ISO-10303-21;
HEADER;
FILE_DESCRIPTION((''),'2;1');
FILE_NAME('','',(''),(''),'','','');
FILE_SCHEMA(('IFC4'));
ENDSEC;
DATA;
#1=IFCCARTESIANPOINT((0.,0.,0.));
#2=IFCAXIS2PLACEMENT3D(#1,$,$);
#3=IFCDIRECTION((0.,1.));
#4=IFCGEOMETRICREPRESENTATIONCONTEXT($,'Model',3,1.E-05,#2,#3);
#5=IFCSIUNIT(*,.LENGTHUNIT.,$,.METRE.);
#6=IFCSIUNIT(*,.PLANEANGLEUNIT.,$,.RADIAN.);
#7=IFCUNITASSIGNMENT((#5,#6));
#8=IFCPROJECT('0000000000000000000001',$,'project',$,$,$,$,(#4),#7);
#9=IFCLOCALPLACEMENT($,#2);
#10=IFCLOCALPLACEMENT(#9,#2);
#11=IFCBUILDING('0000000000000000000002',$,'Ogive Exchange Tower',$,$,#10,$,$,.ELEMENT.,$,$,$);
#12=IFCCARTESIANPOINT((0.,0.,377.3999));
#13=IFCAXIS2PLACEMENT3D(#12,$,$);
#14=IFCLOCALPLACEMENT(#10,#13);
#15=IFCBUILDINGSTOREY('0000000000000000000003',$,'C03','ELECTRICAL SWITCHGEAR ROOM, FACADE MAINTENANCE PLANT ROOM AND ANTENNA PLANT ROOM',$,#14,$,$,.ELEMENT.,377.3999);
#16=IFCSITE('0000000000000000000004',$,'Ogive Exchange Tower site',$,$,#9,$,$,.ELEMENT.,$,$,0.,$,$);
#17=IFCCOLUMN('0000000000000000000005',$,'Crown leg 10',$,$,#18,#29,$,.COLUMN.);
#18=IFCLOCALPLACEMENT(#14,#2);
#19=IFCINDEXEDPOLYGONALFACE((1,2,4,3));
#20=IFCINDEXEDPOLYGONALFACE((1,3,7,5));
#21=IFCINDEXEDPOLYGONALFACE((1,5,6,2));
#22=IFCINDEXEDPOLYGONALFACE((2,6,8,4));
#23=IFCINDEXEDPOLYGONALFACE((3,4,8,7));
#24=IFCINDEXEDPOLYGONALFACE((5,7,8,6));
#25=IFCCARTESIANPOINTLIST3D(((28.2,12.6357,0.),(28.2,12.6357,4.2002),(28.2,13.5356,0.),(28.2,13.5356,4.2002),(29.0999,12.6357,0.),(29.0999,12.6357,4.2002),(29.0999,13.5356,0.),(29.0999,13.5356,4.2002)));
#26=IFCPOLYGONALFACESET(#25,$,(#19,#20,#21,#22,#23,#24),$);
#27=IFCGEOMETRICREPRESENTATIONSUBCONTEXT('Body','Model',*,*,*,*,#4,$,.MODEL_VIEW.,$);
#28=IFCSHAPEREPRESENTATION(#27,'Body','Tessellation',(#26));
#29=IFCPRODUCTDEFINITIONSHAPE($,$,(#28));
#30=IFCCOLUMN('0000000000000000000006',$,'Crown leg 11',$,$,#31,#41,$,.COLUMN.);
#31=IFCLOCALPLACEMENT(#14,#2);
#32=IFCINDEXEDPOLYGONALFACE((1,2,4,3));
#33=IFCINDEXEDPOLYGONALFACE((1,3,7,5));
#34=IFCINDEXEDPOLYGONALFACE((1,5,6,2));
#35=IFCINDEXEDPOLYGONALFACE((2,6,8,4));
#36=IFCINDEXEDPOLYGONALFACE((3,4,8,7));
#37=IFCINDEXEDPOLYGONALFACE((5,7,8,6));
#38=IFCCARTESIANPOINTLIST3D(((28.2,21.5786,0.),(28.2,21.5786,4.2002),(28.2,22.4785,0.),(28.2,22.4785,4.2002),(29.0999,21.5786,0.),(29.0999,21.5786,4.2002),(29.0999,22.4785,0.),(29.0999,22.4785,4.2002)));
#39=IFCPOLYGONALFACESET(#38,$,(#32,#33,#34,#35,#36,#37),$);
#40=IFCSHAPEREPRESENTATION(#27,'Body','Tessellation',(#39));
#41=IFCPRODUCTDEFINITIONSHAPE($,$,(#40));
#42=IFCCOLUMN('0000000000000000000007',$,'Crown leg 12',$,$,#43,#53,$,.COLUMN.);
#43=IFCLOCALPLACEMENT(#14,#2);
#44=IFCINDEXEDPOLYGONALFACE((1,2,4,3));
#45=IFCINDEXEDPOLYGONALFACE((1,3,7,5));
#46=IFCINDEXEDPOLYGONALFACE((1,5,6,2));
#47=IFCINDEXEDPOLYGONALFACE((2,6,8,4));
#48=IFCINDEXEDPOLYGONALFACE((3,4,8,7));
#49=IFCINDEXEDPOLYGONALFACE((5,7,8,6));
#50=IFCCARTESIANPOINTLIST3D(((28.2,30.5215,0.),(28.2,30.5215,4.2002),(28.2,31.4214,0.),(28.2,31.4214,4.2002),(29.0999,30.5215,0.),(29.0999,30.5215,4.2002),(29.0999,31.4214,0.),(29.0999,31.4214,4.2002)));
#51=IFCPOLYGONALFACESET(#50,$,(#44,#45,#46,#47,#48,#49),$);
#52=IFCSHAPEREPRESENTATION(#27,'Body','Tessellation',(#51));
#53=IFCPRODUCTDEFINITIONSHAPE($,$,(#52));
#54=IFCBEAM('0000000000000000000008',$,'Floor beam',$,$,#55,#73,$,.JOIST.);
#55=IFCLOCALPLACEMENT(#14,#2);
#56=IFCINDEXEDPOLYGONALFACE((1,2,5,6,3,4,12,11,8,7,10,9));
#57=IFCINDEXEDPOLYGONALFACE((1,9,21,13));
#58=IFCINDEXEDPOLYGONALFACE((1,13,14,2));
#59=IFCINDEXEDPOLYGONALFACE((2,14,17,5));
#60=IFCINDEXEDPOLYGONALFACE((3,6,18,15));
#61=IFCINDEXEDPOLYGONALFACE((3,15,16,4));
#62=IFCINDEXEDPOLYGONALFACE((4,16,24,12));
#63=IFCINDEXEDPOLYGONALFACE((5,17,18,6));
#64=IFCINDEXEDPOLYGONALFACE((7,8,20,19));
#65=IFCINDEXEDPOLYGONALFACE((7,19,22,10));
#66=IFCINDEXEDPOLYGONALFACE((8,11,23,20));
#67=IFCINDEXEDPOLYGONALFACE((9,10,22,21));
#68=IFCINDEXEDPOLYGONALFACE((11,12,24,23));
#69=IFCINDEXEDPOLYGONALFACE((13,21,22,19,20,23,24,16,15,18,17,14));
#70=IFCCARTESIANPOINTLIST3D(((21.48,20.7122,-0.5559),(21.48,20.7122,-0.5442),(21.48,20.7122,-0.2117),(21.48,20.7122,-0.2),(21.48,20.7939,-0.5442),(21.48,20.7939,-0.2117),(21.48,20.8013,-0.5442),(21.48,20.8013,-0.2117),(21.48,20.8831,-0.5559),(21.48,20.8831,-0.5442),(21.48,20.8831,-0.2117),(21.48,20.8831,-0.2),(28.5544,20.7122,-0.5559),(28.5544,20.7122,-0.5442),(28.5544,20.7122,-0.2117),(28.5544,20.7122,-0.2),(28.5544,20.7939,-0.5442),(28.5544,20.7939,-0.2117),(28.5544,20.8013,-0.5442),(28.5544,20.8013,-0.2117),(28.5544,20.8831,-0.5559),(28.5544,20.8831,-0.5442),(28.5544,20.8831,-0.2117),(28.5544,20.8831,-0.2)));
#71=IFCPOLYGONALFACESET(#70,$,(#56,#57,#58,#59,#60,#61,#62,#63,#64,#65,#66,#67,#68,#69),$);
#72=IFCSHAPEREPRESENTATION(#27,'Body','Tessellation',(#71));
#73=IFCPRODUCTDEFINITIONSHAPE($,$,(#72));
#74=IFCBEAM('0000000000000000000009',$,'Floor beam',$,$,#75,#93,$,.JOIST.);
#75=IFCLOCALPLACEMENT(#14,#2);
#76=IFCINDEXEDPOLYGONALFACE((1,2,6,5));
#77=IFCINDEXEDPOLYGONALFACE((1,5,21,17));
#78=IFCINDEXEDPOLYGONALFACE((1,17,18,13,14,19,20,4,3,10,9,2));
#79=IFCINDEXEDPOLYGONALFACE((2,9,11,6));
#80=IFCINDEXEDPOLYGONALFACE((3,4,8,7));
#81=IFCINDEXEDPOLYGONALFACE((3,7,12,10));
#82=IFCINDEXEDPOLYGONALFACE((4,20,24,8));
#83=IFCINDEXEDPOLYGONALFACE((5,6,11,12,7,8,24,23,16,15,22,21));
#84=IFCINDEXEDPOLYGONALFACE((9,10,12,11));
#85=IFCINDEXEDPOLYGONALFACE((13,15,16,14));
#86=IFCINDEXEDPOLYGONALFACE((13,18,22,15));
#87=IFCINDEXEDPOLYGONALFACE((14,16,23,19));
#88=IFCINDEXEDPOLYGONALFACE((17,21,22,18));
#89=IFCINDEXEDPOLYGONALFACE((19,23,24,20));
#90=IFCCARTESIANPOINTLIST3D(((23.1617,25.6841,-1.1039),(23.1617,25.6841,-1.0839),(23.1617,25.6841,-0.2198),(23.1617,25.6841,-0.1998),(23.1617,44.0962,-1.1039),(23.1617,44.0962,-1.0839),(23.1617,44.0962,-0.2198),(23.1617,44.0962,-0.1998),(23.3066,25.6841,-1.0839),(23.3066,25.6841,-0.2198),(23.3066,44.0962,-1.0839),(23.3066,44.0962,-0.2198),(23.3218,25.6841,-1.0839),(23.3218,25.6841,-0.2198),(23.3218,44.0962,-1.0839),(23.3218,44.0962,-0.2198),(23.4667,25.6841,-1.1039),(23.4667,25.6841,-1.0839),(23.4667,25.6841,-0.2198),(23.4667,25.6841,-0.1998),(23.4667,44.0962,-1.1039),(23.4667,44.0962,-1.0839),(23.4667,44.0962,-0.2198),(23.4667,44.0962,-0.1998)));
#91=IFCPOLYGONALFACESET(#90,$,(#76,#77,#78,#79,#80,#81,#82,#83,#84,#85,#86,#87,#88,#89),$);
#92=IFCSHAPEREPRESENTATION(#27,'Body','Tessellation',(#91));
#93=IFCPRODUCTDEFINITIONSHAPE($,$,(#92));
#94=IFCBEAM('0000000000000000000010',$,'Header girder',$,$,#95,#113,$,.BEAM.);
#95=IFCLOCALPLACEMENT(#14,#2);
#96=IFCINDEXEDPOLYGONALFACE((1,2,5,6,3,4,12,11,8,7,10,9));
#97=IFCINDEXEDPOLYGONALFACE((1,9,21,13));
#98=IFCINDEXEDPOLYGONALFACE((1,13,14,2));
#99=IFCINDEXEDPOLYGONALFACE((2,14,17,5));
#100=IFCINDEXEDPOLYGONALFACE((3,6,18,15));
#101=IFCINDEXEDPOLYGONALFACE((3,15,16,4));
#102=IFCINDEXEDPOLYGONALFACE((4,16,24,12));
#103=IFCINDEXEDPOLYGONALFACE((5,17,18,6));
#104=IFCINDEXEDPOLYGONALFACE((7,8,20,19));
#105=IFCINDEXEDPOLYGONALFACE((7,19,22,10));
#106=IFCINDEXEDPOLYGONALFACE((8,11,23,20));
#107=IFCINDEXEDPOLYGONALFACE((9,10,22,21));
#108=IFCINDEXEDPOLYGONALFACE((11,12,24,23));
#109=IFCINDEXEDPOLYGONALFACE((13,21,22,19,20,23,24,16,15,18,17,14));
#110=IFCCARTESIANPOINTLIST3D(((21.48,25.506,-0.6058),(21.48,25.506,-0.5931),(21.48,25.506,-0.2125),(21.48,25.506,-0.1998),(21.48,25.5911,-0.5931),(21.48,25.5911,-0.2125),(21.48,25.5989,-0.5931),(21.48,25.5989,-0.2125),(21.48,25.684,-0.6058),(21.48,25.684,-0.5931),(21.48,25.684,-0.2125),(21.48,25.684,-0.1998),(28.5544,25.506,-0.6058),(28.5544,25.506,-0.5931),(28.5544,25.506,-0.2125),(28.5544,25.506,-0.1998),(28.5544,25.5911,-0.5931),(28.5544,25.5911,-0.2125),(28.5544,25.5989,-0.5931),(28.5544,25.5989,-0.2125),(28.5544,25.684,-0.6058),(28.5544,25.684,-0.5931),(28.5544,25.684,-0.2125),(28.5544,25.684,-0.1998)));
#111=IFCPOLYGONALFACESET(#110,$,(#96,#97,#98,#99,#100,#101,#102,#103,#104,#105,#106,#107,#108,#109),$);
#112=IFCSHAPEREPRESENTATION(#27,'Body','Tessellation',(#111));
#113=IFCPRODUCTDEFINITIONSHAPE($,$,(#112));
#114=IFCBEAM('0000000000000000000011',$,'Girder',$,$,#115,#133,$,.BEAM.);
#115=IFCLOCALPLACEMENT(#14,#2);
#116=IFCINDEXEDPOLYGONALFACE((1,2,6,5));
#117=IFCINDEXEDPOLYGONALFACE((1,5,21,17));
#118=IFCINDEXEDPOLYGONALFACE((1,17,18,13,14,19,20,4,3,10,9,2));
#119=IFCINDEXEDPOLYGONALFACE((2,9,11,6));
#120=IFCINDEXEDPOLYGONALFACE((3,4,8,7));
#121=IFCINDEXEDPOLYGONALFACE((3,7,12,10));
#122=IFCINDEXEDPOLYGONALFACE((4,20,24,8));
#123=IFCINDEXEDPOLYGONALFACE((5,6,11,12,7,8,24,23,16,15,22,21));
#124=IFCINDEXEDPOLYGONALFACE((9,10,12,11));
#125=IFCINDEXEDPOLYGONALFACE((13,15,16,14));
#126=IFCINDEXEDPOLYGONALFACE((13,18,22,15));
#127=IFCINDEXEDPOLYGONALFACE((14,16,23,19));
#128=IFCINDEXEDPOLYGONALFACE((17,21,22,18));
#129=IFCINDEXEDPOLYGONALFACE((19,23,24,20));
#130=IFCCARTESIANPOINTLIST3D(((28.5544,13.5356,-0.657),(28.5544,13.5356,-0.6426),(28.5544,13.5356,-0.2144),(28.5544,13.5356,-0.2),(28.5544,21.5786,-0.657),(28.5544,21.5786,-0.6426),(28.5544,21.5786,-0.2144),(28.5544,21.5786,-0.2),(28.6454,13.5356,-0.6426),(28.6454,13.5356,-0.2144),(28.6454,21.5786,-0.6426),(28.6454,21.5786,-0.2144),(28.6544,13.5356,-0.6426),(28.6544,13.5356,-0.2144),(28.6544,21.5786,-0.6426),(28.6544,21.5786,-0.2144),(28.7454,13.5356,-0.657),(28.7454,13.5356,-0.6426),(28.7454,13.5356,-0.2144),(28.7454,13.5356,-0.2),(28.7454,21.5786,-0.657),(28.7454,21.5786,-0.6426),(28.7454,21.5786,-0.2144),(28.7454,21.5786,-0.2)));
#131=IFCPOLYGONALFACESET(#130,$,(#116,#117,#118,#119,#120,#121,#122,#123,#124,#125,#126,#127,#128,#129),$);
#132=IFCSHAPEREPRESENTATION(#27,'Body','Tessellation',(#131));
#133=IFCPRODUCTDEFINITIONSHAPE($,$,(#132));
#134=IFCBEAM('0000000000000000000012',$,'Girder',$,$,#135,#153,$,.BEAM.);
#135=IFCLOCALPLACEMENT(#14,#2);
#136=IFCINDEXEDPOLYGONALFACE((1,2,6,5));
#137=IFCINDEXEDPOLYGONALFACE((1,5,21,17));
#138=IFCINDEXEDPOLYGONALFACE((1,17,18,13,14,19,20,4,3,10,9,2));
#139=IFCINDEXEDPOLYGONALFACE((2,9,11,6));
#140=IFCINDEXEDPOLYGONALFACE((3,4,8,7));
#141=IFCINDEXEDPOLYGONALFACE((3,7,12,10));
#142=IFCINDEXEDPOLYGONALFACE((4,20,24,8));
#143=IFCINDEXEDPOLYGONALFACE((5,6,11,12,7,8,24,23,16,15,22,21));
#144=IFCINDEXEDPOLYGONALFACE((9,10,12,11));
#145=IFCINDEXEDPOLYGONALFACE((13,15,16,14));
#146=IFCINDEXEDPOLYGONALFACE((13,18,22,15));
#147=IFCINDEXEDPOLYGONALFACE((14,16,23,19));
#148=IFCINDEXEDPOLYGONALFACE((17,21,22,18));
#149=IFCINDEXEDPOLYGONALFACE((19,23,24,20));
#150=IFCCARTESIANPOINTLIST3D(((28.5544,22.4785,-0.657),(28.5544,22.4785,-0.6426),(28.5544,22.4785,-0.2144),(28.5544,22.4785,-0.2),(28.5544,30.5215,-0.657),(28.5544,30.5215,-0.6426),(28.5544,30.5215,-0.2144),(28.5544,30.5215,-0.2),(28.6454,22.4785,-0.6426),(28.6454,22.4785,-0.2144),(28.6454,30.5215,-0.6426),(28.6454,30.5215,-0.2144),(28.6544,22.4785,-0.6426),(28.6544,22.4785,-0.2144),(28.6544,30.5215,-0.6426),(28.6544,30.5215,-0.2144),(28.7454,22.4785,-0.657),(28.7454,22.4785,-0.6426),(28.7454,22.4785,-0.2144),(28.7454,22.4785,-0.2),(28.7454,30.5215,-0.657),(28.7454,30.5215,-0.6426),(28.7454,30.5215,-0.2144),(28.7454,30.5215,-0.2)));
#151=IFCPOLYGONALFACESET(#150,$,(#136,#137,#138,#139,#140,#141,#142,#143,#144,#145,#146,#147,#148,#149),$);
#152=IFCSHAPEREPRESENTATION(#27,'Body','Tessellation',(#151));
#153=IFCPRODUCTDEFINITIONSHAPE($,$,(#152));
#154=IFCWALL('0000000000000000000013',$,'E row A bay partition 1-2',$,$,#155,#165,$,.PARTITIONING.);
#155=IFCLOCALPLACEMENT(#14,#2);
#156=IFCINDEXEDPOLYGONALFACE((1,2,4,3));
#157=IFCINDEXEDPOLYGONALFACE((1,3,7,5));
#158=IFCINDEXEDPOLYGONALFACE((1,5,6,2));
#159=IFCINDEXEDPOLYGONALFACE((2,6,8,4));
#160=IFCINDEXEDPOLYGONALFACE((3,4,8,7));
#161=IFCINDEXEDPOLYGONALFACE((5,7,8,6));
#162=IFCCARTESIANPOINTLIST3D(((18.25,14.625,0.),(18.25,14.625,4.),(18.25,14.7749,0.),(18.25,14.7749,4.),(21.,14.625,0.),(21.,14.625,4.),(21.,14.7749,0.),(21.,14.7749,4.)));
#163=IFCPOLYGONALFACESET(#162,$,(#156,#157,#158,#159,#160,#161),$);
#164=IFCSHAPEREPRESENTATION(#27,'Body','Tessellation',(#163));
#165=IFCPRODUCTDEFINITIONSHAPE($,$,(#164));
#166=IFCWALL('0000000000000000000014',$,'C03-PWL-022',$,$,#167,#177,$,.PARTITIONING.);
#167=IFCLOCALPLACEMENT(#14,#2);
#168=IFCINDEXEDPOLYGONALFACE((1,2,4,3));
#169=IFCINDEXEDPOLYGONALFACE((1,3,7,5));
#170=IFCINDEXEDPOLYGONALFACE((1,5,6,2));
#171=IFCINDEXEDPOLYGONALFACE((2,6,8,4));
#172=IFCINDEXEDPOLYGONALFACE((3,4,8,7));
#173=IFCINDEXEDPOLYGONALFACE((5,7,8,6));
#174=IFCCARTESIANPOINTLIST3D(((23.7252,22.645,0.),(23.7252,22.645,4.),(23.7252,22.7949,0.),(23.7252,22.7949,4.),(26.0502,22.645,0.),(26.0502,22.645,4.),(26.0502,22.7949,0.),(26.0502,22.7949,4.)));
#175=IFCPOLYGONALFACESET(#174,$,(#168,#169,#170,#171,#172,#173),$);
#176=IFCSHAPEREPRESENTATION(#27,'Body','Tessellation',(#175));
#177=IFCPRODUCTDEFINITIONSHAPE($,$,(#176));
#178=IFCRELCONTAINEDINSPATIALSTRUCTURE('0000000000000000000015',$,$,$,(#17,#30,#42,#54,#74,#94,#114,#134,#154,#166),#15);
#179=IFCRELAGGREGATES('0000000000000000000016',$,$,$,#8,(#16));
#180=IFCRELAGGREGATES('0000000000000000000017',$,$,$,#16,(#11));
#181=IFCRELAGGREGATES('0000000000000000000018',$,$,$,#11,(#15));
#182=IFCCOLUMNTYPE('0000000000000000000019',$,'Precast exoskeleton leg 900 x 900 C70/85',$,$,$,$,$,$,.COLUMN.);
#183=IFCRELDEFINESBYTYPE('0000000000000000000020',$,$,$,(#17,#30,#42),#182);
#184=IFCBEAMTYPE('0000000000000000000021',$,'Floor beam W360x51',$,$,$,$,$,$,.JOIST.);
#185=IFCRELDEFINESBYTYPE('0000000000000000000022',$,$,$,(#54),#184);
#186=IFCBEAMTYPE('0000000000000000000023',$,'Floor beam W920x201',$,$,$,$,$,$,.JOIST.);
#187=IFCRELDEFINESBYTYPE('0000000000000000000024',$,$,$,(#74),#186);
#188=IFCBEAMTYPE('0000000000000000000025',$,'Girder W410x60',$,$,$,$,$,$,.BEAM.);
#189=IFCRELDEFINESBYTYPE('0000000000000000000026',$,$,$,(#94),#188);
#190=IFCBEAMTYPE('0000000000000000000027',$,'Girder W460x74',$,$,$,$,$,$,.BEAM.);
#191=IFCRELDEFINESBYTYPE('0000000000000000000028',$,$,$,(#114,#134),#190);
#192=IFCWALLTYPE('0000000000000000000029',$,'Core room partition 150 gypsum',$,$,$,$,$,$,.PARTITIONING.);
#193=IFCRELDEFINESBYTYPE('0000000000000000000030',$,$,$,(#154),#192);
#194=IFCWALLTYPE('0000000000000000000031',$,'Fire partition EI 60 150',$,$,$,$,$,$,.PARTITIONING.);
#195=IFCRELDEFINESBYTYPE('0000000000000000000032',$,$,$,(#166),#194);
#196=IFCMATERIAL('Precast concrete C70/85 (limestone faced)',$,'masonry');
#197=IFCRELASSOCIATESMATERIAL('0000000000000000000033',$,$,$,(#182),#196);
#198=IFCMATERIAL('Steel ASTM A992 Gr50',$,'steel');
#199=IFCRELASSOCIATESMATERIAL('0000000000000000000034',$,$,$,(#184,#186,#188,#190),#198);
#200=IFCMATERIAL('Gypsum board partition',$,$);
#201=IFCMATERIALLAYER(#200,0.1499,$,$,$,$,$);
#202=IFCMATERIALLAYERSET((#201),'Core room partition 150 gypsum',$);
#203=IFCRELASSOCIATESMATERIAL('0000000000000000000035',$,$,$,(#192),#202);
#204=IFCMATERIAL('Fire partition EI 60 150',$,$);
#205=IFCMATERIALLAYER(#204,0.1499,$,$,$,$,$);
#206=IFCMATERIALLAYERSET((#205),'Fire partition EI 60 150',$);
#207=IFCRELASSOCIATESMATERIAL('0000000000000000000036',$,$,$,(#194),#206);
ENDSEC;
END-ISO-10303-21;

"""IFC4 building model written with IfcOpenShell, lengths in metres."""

from ifc_helpers import new_model, si_unit, direction, frame, frame_2d, origin, origin_2d, place, context, subcontext, project, spatial, rectangle, i_section, extrude, material, layer, layer_set, material_profile, profile_set, type_object, element, save


model = new_model("IFC4")

# Units and contexts
model_context = context("Model", 3, precision=1e-05, world=origin(), true_north=direction((0.0, 1.0)))
body_context = subcontext(model_context, "Body", "Model", "MODEL_VIEW")
ifc_project = project(units=[si_unit("LENGTHUNIT", "METRE"), si_unit("PLANEANGLEUNIT", "RADIAN")], contexts=[model_context])

# Site, building, storey
site_placement = place(None, origin())
site = spatial("IfcSite", under=ifc_project, at=site_placement, Name="Ogive Exchange Tower site", CompositionType="ELEMENT", RefElevation=0.0)
building_placement = place(site_placement, origin())
building = spatial("IfcBuilding", under=site, at=building_placement, Name="Ogive Exchange Tower", CompositionType="ELEMENT")
storey_placement = place(building_placement, frame((0.0, 0.0, 377.3999)))
storey = spatial("IfcBuildingStorey", under=building, at=storey_placement, Name="C03", Description="ELECTRICAL SWITCHGEAR ROOM, FACADE MAINTENANCE PLANT ROOM AND ANTENNA PLANT ROOM", CompositionType="ELEMENT", Elevation=377.3999)

# Columns
ifc_material_1 = material(Name="Precast concrete C70/85 (limestone faced)", Category="masonry")
ifc_material_profile_1 = material_profile(ifc_material_1, rectangle(XDim=0.8999, YDim=0.8999, at=origin_2d()), Name="900 x 900")
ifc_profile_set_1 = profile_set([ifc_material_profile_1], Name="Precast concrete C70/85 (limestone faced)")
column_type = type_object("IfcColumnType", Name="Precast exoskeleton leg 900 x 900 C70/85", PredefinedType="COLUMN", material=ifc_profile_set_1)
for number, where, z_axis, x_axis, name in (
    (1, (28.6499, 13.0857, 0.0), (0.0, 0.0, 1.0), (1.0, 0.0, 0.0), "Crown leg 10"),
    (2, (28.6499, 22.0286, 0.0), (0.0, 0.0, 1.0), (1.0, 0.0, 0.0), "Crown leg 11"),
    (3, (28.6499, 30.9714, 0.0), (0.0, 0.0, 1.0), (1.0, 0.0, 0.0), "Crown leg 12"),
):
    element("IfcColumn", number, at=place(storey_placement, frame(where, z_axis=z_axis, x_axis=x_axis)), inside=storey, type_object=column_type, Name=name, PredefinedType="COLUMN", context=body_context, shape_type="SweptSolid", body=[
        extrude(rectangle(XDim=0.8999, YDim=0.8999, at=origin_2d()), origin(), (0.0, 0.0, 1.0), 4.2002),
    ])

# Beams
ifc_material_2 = material(Name="Steel ASTM A992 Gr50", Category="steel")
ifc_material_profile_2 = material_profile(ifc_material_2, i_section(OverallWidth=0.1709, OverallDepth=0.356, WebThickness=0.0073, FlangeThickness=0.0117, at=origin_2d()), Name="W360x51")
ifc_profile_set_2 = profile_set([ifc_material_profile_2], Name="Steel ASTM A992 Gr50")
beam_type_1 = type_object("IfcBeamType", Name="Floor beam W360x51", PredefinedType="JOIST", material=ifc_profile_set_2)
beam_1_placement = place(storey_placement, frame((21.48, 20.7976, -0.3779), z_axis=(1.0, 0.0, 0.0), x_axis=(0.0, 1.0, 0.0)))
element("IfcBeam", 4, at=beam_1_placement, inside=storey, type_object=beam_type_1, Name="Floor beam", PredefinedType="JOIST", context=body_context, shape_type="SweptSolid", body=[
    extrude(i_section(OverallWidth=0.1709, OverallDepth=0.356, WebThickness=0.0073, FlangeThickness=0.0117, at=origin_2d()), origin(), (0.0, 0.0, 1.0), 7.0745),
])
ifc_material_profile_3 = material_profile(ifc_material_2, i_section(OverallWidth=0.3049, OverallDepth=0.9041, WebThickness=0.0151, FlangeThickness=0.02, at=origin_2d()), Name="W920x201")
ifc_profile_set_3 = profile_set([ifc_material_profile_3], Name="Steel ASTM A992 Gr50")
beam_type_2 = type_object("IfcBeamType", Name="Floor beam W920x201", PredefinedType="JOIST", material=ifc_profile_set_3)
beam_2_placement = place(storey_placement, frame((23.3142, 25.6841, -0.6519), z_axis=(0.0, 1.0, 0.0), x_axis=(-1.0, 0.0, 0.0)))
element("IfcBeam", 5, at=beam_2_placement, inside=storey, type_object=beam_type_2, Name="Floor beam", PredefinedType="JOIST", context=body_context, shape_type="SweptSolid", body=[
    extrude(i_section(OverallWidth=0.3049, OverallDepth=0.9041, WebThickness=0.0151, FlangeThickness=0.02, at=origin_2d()), origin(), (0.0, 0.0, 1.0), 18.4121),
])
ifc_material_profile_4 = material_profile(ifc_material_2, i_section(OverallWidth=0.178, OverallDepth=0.406, WebThickness=0.0078, FlangeThickness=0.0127, at=origin_2d()), Name="W410x60")
ifc_profile_set_4 = profile_set([ifc_material_profile_4], Name="Steel ASTM A992 Gr50")
beam_type_3 = type_object("IfcBeamType", Name="Girder W410x60", PredefinedType="BEAM", material=ifc_profile_set_4)
beam_3_placement = place(storey_placement, frame((21.48, 25.595, -0.4028), z_axis=(1.0, 0.0, 0.0), x_axis=(0.0, 1.0, 0.0)))
element("IfcBeam", 6, at=beam_3_placement, inside=storey, type_object=beam_type_3, Name="Header girder", PredefinedType="BEAM", context=body_context, shape_type="SweptSolid", body=[
    extrude(i_section(OverallWidth=0.178, OverallDepth=0.406, WebThickness=0.0078, FlangeThickness=0.0127, at=origin_2d()), origin(), (0.0, 0.0, 1.0), 7.0745),
])
ifc_material_profile_5 = material_profile(ifc_material_2, i_section(OverallWidth=0.1909, OverallDepth=0.457, WebThickness=0.009, FlangeThickness=0.0144, at=origin_2d()), Name="W460x74")
ifc_profile_set_5 = profile_set([ifc_material_profile_5], Name="Steel ASTM A992 Gr50")
beam_type_4 = type_object("IfcBeamType", Name="Girder W460x74", PredefinedType="BEAM", material=ifc_profile_set_5)
for number, where, z_axis, x_axis, name in (
    (7, (28.6499, 13.5356, -0.4285), (0.0, 1.0, 0.0), (-1.0, 0.0, 0.0), "Girder"),
    (8, (28.6499, 22.4785, -0.4285), (0.0, 1.0, 0.0), (-1.0, 0.0, 0.0), "Girder"),
):
    element("IfcBeam", number, at=place(storey_placement, frame(where, z_axis=z_axis, x_axis=x_axis)), inside=storey, type_object=beam_type_4, Name=name, PredefinedType="BEAM", context=body_context, shape_type="SweptSolid", body=[
        extrude(i_section(OverallWidth=0.1909, OverallDepth=0.457, WebThickness=0.009, FlangeThickness=0.0144, at=origin_2d()), origin(), (0.0, 0.0, 1.0), 8.043),
    ])

# Walls
ifc_material_3 = material(Name="Gypsum board partition")
ifc_layer_1 = layer(ifc_material_3, 0.1499)
ifc_layer_set_1 = layer_set([ifc_layer_1], Name="Core room partition 150 gypsum")
wall_type_1 = type_object("IfcWallType", Name="Core room partition 150 gypsum", PredefinedType="PARTITIONING", material=ifc_layer_set_1)
wall_1_placement = place(storey_placement, frame((18.25, 14.7, 0.0), z_axis=(0.0, 0.0, 1.0), x_axis=(1.0, 0.0, 0.0)))
element("IfcWall", 9, at=wall_1_placement, inside=storey, type_object=wall_type_1, Name="E row A bay partition 1-2", PredefinedType="PARTITIONING", context=body_context, shape_type="SweptSolid", body=[
    extrude(rectangle(XDim=2.75, YDim=0.1499, at=frame_2d((1.375, 0.0))), origin(), (0.0, 0.0, 1.0), 4.0),
])
ifc_material_4 = material(Name="Fire partition EI 60 150")
ifc_layer_2 = layer(ifc_material_4, 0.1499)
ifc_layer_set_2 = layer_set([ifc_layer_2], Name="Fire partition EI 60 150")
wall_type_2 = type_object("IfcWallType", Name="Fire partition EI 60 150", PredefinedType="PARTITIONING", material=ifc_layer_set_2)
wall_2_placement = place(storey_placement, frame((23.7251, 22.72, 0.0), z_axis=(0.0, 0.0, 1.0), x_axis=(1.0, 0.0, 0.0)))
element("IfcWall", 10, at=wall_2_placement, inside=storey, type_object=wall_type_2, Name="C03-PWL-022", PredefinedType="PARTITIONING", context=body_context, shape_type="SweptSolid", body=[
    extrude(rectangle(XDim=2.325, YDim=0.1499, at=frame_2d((1.1626, 0.0))), origin(), (0.0, 0.0, 1.0), 4.0),
])

save(model, "model.ifc")
